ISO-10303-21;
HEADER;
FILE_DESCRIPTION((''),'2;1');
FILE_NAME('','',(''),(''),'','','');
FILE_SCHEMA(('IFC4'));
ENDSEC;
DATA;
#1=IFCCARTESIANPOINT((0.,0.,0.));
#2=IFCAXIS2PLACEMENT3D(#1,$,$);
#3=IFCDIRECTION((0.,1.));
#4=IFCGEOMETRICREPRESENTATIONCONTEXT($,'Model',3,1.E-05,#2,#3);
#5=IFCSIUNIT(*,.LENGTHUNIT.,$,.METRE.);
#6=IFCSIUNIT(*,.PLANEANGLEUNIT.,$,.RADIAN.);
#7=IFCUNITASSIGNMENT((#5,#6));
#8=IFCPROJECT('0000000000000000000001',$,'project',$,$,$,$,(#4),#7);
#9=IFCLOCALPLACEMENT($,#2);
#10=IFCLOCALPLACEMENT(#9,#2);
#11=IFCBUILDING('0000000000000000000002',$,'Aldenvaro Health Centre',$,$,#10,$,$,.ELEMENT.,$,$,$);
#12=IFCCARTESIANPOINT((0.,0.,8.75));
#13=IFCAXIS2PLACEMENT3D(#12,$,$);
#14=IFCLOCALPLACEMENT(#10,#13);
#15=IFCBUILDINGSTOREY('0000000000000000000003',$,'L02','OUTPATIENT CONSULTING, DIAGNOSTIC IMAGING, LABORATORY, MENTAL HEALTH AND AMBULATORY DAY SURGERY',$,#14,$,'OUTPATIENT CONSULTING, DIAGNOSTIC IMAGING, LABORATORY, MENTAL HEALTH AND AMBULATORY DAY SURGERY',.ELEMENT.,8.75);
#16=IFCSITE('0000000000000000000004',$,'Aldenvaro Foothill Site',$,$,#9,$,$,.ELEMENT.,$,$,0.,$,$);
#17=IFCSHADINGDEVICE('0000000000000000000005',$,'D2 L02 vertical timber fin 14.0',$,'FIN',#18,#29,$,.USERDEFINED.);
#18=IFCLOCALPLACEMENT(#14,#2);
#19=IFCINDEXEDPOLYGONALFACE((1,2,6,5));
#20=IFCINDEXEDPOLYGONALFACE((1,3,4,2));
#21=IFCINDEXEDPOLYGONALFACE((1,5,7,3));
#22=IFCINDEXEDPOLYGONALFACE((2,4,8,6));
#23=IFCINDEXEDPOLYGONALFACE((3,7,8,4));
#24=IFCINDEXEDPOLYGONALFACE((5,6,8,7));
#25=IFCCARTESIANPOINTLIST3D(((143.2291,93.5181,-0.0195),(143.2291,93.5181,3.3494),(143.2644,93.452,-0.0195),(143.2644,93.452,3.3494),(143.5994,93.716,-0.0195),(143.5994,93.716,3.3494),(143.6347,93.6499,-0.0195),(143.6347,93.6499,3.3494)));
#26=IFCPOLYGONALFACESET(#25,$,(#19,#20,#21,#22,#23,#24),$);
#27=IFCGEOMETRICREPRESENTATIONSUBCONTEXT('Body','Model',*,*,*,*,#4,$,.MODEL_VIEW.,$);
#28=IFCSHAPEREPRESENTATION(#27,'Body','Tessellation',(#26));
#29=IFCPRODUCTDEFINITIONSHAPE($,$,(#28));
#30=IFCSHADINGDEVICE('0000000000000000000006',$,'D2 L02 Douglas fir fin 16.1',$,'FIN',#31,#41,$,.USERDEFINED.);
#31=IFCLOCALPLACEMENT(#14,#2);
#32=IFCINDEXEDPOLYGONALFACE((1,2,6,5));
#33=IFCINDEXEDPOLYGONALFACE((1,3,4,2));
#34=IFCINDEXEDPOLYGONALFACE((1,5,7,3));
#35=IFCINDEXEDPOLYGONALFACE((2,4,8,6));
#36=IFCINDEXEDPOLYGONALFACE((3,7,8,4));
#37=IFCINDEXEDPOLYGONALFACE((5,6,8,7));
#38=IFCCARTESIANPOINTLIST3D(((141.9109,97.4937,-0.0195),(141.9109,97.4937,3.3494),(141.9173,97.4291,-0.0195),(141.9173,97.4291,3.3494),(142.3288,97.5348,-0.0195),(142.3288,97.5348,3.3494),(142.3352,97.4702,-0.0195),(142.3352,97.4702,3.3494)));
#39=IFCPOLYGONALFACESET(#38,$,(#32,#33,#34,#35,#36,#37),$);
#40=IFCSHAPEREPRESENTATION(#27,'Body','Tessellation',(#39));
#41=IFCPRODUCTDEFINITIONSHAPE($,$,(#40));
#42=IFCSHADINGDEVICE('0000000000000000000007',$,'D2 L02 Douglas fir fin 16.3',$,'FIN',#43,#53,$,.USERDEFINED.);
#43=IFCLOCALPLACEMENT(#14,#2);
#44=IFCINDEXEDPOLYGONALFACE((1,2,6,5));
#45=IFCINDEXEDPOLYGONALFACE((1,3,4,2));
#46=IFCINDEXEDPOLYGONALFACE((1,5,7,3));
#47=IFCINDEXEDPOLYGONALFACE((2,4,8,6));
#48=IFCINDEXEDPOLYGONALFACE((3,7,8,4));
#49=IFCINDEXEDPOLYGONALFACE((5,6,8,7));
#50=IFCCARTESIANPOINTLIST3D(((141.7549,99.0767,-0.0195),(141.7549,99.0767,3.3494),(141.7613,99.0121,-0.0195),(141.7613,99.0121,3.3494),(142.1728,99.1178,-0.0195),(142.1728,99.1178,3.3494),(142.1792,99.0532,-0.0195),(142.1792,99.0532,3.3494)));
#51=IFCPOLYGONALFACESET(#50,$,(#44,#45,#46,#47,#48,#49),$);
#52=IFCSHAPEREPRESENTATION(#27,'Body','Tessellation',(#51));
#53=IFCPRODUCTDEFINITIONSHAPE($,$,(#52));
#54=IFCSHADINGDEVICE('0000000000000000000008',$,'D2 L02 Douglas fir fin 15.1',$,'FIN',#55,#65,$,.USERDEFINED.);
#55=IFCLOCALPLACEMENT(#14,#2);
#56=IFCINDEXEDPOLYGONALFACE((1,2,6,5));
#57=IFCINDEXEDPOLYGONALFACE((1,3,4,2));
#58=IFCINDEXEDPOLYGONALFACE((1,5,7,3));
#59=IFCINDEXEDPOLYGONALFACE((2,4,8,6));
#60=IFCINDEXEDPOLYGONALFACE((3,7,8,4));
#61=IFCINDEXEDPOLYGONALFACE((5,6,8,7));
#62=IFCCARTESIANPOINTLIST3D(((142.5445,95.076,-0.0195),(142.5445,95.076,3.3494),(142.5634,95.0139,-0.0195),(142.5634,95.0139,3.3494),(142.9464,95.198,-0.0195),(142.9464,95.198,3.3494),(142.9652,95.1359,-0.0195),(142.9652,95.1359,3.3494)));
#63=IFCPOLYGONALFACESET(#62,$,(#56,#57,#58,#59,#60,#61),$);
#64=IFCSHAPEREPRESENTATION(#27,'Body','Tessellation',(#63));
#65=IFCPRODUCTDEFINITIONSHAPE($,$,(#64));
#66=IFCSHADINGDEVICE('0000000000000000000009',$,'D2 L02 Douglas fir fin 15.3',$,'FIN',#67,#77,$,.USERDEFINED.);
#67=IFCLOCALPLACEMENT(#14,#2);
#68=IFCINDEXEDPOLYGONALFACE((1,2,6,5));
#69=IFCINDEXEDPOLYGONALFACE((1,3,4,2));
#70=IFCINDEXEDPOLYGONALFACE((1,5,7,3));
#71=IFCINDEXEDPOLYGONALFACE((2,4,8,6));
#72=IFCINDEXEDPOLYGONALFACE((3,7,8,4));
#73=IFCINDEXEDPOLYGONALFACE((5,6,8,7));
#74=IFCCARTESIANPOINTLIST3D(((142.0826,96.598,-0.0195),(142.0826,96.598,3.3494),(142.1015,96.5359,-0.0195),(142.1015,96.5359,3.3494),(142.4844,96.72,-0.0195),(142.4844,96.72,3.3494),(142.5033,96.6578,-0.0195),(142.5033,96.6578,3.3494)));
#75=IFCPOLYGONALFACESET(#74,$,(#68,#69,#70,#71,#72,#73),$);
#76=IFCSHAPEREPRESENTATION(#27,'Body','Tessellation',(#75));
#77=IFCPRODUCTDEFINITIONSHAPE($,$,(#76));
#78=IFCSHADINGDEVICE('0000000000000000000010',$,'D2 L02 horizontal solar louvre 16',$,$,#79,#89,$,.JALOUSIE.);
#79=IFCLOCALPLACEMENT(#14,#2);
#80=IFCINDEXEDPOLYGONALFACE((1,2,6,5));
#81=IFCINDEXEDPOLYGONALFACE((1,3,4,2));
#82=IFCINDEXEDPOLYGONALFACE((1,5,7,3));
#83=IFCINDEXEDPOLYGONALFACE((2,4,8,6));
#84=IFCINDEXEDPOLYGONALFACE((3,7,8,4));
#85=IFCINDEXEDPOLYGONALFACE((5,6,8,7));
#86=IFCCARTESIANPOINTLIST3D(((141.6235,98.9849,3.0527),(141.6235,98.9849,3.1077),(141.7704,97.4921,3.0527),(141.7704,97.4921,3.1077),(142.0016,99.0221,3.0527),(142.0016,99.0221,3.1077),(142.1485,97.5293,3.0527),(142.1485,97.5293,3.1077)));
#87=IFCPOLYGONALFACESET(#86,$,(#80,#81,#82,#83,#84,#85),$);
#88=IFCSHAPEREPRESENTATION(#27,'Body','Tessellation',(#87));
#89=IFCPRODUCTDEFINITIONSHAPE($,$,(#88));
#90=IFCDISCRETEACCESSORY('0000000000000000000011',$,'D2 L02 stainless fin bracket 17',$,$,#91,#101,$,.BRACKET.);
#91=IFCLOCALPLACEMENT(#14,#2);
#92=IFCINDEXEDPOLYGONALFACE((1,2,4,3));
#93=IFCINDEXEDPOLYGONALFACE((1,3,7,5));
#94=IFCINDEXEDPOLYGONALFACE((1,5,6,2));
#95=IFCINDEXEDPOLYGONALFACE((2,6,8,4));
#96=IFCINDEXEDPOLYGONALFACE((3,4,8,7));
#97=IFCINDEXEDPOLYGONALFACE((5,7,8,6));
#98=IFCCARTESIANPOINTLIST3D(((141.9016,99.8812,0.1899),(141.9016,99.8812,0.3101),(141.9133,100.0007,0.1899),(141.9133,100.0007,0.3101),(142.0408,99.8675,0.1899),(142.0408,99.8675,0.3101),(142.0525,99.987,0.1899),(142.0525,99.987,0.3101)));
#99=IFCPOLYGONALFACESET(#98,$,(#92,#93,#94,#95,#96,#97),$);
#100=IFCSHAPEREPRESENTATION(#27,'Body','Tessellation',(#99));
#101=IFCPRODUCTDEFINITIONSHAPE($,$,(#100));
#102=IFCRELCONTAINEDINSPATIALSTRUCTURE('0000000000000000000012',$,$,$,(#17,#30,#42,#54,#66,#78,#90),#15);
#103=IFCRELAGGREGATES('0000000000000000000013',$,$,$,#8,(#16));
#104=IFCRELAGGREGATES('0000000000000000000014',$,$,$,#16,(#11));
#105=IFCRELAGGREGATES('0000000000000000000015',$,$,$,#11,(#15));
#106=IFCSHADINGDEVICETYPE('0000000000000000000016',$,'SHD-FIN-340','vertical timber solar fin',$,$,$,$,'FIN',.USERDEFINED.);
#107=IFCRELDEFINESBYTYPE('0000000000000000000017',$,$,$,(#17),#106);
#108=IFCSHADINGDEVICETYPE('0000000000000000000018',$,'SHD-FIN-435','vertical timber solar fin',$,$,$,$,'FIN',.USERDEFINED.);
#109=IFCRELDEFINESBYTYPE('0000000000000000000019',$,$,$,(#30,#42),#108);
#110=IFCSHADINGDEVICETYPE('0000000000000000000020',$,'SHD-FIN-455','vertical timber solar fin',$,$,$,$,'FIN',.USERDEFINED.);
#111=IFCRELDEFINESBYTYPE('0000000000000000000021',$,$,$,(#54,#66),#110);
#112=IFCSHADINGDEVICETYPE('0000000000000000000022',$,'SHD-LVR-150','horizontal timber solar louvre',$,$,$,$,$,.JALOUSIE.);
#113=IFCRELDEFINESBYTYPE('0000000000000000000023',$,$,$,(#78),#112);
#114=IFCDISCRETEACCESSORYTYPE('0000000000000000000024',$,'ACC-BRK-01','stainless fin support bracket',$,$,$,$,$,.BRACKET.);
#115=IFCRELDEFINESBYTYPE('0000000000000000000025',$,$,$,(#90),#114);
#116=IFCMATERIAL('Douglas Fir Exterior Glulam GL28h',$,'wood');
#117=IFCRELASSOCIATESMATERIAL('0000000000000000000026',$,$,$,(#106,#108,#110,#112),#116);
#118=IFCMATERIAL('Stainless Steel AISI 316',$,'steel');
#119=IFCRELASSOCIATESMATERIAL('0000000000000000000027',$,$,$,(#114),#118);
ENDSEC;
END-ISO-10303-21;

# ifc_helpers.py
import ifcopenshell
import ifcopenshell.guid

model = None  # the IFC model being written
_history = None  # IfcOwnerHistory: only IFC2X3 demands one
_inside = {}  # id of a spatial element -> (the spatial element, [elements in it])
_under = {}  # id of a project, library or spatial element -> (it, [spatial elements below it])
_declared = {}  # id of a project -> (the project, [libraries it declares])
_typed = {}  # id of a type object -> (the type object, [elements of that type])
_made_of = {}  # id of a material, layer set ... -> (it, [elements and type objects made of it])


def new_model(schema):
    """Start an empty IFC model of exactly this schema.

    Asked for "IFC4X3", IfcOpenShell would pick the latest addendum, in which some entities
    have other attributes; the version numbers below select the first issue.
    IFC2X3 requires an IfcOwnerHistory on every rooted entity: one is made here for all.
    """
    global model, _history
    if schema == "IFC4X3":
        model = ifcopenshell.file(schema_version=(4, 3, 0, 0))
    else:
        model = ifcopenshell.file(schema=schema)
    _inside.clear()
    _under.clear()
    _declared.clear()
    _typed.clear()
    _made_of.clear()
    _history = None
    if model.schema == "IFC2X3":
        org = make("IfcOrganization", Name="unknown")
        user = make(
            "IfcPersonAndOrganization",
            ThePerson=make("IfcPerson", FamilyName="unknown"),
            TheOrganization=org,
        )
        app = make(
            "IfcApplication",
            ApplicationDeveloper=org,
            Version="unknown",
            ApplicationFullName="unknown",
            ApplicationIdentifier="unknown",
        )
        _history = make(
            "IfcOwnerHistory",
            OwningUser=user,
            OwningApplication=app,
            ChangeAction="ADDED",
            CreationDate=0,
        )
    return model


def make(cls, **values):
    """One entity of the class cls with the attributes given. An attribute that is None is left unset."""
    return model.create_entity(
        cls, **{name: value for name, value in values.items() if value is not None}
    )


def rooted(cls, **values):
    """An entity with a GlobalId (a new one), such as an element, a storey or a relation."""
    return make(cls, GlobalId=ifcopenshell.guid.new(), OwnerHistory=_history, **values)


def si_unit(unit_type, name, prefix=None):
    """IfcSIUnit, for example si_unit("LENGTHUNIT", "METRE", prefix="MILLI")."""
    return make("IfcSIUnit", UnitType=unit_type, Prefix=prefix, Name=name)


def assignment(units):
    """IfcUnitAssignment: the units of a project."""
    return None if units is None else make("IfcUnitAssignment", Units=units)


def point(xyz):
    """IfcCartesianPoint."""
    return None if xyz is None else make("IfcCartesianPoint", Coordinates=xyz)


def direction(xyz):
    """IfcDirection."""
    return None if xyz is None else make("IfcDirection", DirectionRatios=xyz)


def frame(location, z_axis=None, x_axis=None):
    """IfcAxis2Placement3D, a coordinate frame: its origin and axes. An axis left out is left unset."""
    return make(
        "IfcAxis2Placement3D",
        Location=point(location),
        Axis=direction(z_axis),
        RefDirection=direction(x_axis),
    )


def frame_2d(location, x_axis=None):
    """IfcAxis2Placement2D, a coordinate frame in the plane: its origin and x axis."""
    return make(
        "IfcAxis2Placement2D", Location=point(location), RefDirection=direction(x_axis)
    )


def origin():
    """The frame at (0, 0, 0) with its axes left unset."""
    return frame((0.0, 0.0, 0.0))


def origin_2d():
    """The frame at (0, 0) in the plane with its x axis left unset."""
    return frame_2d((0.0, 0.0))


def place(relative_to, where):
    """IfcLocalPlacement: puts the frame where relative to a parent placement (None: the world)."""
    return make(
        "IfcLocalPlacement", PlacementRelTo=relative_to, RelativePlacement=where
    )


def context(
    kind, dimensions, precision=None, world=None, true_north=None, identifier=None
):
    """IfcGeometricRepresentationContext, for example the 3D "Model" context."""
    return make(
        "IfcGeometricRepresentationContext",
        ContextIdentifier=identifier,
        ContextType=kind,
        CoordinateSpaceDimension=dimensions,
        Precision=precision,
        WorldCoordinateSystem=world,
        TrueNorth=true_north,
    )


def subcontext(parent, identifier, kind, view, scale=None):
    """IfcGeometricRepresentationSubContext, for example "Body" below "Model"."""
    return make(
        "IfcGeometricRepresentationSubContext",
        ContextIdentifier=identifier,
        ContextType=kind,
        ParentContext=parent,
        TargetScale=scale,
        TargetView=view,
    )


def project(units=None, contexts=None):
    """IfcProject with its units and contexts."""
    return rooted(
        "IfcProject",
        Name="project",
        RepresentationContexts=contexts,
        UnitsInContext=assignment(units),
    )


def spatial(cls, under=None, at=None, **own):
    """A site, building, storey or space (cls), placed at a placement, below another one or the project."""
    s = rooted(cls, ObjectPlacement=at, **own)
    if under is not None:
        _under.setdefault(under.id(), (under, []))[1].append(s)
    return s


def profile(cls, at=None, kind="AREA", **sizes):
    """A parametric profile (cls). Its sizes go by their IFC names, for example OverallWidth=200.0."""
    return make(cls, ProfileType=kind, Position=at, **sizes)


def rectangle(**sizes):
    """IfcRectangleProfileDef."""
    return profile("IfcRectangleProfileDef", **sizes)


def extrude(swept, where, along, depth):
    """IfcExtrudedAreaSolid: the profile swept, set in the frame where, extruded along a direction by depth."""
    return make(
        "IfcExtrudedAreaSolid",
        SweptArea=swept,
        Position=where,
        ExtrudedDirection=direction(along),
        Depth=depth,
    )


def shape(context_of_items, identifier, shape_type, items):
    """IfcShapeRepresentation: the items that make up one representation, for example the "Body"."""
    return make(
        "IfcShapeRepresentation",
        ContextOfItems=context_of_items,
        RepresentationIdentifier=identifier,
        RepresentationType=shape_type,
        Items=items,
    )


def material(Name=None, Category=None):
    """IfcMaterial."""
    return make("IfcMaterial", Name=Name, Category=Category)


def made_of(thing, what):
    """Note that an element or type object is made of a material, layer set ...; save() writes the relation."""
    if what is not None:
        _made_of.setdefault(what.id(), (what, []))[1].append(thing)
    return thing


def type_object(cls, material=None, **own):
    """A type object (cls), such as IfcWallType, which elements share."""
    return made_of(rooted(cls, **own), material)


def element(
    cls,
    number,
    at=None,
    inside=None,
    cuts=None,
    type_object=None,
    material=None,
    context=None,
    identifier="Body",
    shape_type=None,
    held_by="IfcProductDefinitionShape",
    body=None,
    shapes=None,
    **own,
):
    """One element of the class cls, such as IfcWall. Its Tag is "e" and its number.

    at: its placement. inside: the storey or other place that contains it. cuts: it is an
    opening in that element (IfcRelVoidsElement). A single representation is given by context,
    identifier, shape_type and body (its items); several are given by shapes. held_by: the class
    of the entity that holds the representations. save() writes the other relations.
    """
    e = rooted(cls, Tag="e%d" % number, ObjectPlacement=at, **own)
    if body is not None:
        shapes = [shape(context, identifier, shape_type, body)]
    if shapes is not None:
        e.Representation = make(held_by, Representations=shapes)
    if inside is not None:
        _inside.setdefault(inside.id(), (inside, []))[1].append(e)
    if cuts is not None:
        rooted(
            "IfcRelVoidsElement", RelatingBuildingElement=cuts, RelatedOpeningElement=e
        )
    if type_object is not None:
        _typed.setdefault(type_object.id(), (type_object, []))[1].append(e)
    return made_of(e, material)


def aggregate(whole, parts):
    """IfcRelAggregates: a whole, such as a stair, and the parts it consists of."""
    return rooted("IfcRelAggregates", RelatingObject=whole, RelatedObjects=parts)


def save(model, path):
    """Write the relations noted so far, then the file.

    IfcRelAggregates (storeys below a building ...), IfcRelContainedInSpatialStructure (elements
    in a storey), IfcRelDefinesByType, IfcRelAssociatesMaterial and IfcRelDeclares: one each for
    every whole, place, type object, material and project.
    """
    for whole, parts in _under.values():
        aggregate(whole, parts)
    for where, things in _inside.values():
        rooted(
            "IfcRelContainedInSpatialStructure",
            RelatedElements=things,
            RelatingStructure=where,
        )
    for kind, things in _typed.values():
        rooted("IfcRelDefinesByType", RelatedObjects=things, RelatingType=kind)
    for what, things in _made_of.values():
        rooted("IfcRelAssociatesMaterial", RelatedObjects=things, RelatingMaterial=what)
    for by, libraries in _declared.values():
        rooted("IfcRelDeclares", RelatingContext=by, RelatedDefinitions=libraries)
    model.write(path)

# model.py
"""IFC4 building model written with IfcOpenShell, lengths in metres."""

from ifc_helpers import new_model, si_unit, direction, frame, origin, origin_2d, place, context, subcontext, project, spatial, rectangle, extrude, material, type_object, element, save


model = new_model("IFC4")

# Units and contexts
model_context = context("Model", 3, precision=1e-05, world=origin(), true_north=direction((0.0, 1.0)))
body_context = subcontext(model_context, "Body", "Model", "MODEL_VIEW")
ifc_project = project(units=[si_unit("LENGTHUNIT", "METRE"), si_unit("PLANEANGLEUNIT", "RADIAN")], contexts=[model_context])

# Site, building, storey
site_placement = place(None, origin())
site = spatial("IfcSite", under=ifc_project, at=site_placement, Name="Aldenvaro Foothill Site", CompositionType="ELEMENT", RefElevation=0.0)
building_placement = place(site_placement, origin())
building = spatial("IfcBuilding", under=site, at=building_placement, Name="Aldenvaro Health Centre", CompositionType="ELEMENT")
storey_placement = place(building_placement, frame((0.0, 0.0, 8.75)))
storey = spatial("IfcBuildingStorey", under=building, at=storey_placement, Name="L02", Description="OUTPATIENT CONSULTING, DIAGNOSTIC IMAGING, LABORATORY, MENTAL HEALTH AND AMBULATORY DAY SURGERY", LongName="OUTPATIENT CONSULTING, DIAGNOSTIC IMAGING, LABORATORY, MENTAL HEALTH AND AMBULATORY DAY SURGERY", CompositionType="ELEMENT", Elevation=8.75)

# Shading devices
ifc_material_1 = material(Name="Douglas Fir Exterior Glulam GL28h", Category="wood")
shading_device_type_1 = type_object("IfcShadingDeviceType", Name="SHD-FIN-340", Description="vertical timber solar fin", ElementType="FIN", PredefinedType="USERDEFINED", material=ifc_material_1)
shading_device_1_placement = place(storey_placement, frame((143.4319, 93.584, -0.0195), z_axis=(0.0, 0.0, 1.0), x_axis=(-0.471399, 0.88192, 0.0)))
element("IfcShadingDevice", 1, at=shading_device_1_placement, inside=storey, type_object=shading_device_type_1, Name="D2 L02 vertical timber fin 14.0", ObjectType="FIN", PredefinedType="USERDEFINED", context=body_context, shape_type="SweptSolid", body=[
    extrude(rectangle(XDim=0.075, YDim=0.4199, at=origin_2d()), origin(), (0.0, 0.0, 1.0), 3.3689),
])
shading_device_type_2 = type_object("IfcShadingDeviceType", Name="SHD-FIN-435", Description="vertical timber solar fin", ElementType="FIN", PredefinedType="USERDEFINED", material=ifc_material_1)
for number, where, z_axis, x_axis, name in (
    (2, (142.123, 97.4819, -0.0195), (0.0, 0.0, 1.0), (-0.097915, 0.995195, 0.0), "D2 L02 Douglas fir fin 16.1"),
    (3, (141.967, 99.0649, -0.0195), (0.0, 0.0, 1.0), (-0.097915, 0.995195, 0.0), "D2 L02 Douglas fir fin 16.3"),
):
    element("IfcShadingDevice", number, at=place(storey_placement, frame(where, z_axis=z_axis, x_axis=x_axis)), inside=storey, type_object=shading_device_type_2, Name=name, ObjectType="FIN", PredefinedType="USERDEFINED", context=body_context, shape_type="SweptSolid", body=[
        extrude(rectangle(XDim=0.0649, YDim=0.4199, at=origin_2d()), origin(), (0.0, 0.0, 1.0), 3.3689),
    ])
shading_device_type_3 = type_object("IfcShadingDeviceType", Name="SHD-FIN-455", Description="vertical timber solar fin", ElementType="FIN", PredefinedType="USERDEFINED", material=ifc_material_1)
for number, where, z_axis, x_axis, name in (
    (4, (142.7549, 95.106, -0.0195), (0.0, 0.0, 1.0), (-0.290441, 0.956893, 0.0), "D2 L02 Douglas fir fin 15.1"),
    (5, (142.293, 96.6279, -0.0195), (0.0, 0.0, 1.0), (-0.290441, 0.956893, 0.0), "D2 L02 Douglas fir fin 15.3"),
):
    element("IfcShadingDevice", number, at=place(storey_placement, frame(where, z_axis=z_axis, x_axis=x_axis)), inside=storey, type_object=shading_device_type_3, Name=name, ObjectType="FIN", PredefinedType="USERDEFINED", context=body_context, shape_type="SweptSolid", body=[
        extrude(rectangle(XDim=0.0649, YDim=0.4199, at=origin_2d()), origin(), (0.0, 0.0, 1.0), 3.3689),
    ])
shading_device_type_4 = type_object("IfcShadingDeviceType", Name="SHD-LVR-150", Description="horizontal timber solar louvre", PredefinedType="JALOUSIE", material=ifc_material_1)
shading_device_2_placement = place(storey_placement, frame((141.886, 98.2571, 3.0527), z_axis=(0.0, 0.0, 1.0), x_axis=(-0.097915, 0.995195, 0.0)))
element("IfcShadingDevice", 6, at=shading_device_2_placement, inside=storey, type_object=shading_device_type_4, Name="D2 L02 horizontal solar louvre 16", PredefinedType="JALOUSIE", context=body_context, shape_type="SweptSolid", body=[
    extrude(rectangle(XDim=1.5, YDim=0.3799, at=origin_2d()), origin(), (0.0, 0.0, 1.0), 0.0549),
])

# Discrete accessory
ifc_material_2 = material(Name="Stainless Steel AISI 316", Category="steel")
discrete_accessory_type = type_object("IfcDiscreteAccessoryType", Name="ACC-BRK-01", Description="stainless fin support bracket", PredefinedType="BRACKET", material=ifc_material_2)
discrete_accessory_placement = place(storey_placement, frame((141.9771, 99.9341, 0.1899), z_axis=(0.0, 0.0, 1.0), x_axis=(0.097915, 0.995195, 0.0)))
element("IfcDiscreteAccessory", 7, at=discrete_accessory_placement, inside=storey, type_object=discrete_accessory_type, Name="D2 L02 stainless fin bracket 17", PredefinedType="BRACKET", context=body_context, shape_type="SweptSolid", body=[
    extrude(rectangle(XDim=0.1201, YDim=0.1399, at=origin_2d()), origin(), (0.0, 0.0, 1.0), 0.1201),
])

save(model, "model.ifc")
